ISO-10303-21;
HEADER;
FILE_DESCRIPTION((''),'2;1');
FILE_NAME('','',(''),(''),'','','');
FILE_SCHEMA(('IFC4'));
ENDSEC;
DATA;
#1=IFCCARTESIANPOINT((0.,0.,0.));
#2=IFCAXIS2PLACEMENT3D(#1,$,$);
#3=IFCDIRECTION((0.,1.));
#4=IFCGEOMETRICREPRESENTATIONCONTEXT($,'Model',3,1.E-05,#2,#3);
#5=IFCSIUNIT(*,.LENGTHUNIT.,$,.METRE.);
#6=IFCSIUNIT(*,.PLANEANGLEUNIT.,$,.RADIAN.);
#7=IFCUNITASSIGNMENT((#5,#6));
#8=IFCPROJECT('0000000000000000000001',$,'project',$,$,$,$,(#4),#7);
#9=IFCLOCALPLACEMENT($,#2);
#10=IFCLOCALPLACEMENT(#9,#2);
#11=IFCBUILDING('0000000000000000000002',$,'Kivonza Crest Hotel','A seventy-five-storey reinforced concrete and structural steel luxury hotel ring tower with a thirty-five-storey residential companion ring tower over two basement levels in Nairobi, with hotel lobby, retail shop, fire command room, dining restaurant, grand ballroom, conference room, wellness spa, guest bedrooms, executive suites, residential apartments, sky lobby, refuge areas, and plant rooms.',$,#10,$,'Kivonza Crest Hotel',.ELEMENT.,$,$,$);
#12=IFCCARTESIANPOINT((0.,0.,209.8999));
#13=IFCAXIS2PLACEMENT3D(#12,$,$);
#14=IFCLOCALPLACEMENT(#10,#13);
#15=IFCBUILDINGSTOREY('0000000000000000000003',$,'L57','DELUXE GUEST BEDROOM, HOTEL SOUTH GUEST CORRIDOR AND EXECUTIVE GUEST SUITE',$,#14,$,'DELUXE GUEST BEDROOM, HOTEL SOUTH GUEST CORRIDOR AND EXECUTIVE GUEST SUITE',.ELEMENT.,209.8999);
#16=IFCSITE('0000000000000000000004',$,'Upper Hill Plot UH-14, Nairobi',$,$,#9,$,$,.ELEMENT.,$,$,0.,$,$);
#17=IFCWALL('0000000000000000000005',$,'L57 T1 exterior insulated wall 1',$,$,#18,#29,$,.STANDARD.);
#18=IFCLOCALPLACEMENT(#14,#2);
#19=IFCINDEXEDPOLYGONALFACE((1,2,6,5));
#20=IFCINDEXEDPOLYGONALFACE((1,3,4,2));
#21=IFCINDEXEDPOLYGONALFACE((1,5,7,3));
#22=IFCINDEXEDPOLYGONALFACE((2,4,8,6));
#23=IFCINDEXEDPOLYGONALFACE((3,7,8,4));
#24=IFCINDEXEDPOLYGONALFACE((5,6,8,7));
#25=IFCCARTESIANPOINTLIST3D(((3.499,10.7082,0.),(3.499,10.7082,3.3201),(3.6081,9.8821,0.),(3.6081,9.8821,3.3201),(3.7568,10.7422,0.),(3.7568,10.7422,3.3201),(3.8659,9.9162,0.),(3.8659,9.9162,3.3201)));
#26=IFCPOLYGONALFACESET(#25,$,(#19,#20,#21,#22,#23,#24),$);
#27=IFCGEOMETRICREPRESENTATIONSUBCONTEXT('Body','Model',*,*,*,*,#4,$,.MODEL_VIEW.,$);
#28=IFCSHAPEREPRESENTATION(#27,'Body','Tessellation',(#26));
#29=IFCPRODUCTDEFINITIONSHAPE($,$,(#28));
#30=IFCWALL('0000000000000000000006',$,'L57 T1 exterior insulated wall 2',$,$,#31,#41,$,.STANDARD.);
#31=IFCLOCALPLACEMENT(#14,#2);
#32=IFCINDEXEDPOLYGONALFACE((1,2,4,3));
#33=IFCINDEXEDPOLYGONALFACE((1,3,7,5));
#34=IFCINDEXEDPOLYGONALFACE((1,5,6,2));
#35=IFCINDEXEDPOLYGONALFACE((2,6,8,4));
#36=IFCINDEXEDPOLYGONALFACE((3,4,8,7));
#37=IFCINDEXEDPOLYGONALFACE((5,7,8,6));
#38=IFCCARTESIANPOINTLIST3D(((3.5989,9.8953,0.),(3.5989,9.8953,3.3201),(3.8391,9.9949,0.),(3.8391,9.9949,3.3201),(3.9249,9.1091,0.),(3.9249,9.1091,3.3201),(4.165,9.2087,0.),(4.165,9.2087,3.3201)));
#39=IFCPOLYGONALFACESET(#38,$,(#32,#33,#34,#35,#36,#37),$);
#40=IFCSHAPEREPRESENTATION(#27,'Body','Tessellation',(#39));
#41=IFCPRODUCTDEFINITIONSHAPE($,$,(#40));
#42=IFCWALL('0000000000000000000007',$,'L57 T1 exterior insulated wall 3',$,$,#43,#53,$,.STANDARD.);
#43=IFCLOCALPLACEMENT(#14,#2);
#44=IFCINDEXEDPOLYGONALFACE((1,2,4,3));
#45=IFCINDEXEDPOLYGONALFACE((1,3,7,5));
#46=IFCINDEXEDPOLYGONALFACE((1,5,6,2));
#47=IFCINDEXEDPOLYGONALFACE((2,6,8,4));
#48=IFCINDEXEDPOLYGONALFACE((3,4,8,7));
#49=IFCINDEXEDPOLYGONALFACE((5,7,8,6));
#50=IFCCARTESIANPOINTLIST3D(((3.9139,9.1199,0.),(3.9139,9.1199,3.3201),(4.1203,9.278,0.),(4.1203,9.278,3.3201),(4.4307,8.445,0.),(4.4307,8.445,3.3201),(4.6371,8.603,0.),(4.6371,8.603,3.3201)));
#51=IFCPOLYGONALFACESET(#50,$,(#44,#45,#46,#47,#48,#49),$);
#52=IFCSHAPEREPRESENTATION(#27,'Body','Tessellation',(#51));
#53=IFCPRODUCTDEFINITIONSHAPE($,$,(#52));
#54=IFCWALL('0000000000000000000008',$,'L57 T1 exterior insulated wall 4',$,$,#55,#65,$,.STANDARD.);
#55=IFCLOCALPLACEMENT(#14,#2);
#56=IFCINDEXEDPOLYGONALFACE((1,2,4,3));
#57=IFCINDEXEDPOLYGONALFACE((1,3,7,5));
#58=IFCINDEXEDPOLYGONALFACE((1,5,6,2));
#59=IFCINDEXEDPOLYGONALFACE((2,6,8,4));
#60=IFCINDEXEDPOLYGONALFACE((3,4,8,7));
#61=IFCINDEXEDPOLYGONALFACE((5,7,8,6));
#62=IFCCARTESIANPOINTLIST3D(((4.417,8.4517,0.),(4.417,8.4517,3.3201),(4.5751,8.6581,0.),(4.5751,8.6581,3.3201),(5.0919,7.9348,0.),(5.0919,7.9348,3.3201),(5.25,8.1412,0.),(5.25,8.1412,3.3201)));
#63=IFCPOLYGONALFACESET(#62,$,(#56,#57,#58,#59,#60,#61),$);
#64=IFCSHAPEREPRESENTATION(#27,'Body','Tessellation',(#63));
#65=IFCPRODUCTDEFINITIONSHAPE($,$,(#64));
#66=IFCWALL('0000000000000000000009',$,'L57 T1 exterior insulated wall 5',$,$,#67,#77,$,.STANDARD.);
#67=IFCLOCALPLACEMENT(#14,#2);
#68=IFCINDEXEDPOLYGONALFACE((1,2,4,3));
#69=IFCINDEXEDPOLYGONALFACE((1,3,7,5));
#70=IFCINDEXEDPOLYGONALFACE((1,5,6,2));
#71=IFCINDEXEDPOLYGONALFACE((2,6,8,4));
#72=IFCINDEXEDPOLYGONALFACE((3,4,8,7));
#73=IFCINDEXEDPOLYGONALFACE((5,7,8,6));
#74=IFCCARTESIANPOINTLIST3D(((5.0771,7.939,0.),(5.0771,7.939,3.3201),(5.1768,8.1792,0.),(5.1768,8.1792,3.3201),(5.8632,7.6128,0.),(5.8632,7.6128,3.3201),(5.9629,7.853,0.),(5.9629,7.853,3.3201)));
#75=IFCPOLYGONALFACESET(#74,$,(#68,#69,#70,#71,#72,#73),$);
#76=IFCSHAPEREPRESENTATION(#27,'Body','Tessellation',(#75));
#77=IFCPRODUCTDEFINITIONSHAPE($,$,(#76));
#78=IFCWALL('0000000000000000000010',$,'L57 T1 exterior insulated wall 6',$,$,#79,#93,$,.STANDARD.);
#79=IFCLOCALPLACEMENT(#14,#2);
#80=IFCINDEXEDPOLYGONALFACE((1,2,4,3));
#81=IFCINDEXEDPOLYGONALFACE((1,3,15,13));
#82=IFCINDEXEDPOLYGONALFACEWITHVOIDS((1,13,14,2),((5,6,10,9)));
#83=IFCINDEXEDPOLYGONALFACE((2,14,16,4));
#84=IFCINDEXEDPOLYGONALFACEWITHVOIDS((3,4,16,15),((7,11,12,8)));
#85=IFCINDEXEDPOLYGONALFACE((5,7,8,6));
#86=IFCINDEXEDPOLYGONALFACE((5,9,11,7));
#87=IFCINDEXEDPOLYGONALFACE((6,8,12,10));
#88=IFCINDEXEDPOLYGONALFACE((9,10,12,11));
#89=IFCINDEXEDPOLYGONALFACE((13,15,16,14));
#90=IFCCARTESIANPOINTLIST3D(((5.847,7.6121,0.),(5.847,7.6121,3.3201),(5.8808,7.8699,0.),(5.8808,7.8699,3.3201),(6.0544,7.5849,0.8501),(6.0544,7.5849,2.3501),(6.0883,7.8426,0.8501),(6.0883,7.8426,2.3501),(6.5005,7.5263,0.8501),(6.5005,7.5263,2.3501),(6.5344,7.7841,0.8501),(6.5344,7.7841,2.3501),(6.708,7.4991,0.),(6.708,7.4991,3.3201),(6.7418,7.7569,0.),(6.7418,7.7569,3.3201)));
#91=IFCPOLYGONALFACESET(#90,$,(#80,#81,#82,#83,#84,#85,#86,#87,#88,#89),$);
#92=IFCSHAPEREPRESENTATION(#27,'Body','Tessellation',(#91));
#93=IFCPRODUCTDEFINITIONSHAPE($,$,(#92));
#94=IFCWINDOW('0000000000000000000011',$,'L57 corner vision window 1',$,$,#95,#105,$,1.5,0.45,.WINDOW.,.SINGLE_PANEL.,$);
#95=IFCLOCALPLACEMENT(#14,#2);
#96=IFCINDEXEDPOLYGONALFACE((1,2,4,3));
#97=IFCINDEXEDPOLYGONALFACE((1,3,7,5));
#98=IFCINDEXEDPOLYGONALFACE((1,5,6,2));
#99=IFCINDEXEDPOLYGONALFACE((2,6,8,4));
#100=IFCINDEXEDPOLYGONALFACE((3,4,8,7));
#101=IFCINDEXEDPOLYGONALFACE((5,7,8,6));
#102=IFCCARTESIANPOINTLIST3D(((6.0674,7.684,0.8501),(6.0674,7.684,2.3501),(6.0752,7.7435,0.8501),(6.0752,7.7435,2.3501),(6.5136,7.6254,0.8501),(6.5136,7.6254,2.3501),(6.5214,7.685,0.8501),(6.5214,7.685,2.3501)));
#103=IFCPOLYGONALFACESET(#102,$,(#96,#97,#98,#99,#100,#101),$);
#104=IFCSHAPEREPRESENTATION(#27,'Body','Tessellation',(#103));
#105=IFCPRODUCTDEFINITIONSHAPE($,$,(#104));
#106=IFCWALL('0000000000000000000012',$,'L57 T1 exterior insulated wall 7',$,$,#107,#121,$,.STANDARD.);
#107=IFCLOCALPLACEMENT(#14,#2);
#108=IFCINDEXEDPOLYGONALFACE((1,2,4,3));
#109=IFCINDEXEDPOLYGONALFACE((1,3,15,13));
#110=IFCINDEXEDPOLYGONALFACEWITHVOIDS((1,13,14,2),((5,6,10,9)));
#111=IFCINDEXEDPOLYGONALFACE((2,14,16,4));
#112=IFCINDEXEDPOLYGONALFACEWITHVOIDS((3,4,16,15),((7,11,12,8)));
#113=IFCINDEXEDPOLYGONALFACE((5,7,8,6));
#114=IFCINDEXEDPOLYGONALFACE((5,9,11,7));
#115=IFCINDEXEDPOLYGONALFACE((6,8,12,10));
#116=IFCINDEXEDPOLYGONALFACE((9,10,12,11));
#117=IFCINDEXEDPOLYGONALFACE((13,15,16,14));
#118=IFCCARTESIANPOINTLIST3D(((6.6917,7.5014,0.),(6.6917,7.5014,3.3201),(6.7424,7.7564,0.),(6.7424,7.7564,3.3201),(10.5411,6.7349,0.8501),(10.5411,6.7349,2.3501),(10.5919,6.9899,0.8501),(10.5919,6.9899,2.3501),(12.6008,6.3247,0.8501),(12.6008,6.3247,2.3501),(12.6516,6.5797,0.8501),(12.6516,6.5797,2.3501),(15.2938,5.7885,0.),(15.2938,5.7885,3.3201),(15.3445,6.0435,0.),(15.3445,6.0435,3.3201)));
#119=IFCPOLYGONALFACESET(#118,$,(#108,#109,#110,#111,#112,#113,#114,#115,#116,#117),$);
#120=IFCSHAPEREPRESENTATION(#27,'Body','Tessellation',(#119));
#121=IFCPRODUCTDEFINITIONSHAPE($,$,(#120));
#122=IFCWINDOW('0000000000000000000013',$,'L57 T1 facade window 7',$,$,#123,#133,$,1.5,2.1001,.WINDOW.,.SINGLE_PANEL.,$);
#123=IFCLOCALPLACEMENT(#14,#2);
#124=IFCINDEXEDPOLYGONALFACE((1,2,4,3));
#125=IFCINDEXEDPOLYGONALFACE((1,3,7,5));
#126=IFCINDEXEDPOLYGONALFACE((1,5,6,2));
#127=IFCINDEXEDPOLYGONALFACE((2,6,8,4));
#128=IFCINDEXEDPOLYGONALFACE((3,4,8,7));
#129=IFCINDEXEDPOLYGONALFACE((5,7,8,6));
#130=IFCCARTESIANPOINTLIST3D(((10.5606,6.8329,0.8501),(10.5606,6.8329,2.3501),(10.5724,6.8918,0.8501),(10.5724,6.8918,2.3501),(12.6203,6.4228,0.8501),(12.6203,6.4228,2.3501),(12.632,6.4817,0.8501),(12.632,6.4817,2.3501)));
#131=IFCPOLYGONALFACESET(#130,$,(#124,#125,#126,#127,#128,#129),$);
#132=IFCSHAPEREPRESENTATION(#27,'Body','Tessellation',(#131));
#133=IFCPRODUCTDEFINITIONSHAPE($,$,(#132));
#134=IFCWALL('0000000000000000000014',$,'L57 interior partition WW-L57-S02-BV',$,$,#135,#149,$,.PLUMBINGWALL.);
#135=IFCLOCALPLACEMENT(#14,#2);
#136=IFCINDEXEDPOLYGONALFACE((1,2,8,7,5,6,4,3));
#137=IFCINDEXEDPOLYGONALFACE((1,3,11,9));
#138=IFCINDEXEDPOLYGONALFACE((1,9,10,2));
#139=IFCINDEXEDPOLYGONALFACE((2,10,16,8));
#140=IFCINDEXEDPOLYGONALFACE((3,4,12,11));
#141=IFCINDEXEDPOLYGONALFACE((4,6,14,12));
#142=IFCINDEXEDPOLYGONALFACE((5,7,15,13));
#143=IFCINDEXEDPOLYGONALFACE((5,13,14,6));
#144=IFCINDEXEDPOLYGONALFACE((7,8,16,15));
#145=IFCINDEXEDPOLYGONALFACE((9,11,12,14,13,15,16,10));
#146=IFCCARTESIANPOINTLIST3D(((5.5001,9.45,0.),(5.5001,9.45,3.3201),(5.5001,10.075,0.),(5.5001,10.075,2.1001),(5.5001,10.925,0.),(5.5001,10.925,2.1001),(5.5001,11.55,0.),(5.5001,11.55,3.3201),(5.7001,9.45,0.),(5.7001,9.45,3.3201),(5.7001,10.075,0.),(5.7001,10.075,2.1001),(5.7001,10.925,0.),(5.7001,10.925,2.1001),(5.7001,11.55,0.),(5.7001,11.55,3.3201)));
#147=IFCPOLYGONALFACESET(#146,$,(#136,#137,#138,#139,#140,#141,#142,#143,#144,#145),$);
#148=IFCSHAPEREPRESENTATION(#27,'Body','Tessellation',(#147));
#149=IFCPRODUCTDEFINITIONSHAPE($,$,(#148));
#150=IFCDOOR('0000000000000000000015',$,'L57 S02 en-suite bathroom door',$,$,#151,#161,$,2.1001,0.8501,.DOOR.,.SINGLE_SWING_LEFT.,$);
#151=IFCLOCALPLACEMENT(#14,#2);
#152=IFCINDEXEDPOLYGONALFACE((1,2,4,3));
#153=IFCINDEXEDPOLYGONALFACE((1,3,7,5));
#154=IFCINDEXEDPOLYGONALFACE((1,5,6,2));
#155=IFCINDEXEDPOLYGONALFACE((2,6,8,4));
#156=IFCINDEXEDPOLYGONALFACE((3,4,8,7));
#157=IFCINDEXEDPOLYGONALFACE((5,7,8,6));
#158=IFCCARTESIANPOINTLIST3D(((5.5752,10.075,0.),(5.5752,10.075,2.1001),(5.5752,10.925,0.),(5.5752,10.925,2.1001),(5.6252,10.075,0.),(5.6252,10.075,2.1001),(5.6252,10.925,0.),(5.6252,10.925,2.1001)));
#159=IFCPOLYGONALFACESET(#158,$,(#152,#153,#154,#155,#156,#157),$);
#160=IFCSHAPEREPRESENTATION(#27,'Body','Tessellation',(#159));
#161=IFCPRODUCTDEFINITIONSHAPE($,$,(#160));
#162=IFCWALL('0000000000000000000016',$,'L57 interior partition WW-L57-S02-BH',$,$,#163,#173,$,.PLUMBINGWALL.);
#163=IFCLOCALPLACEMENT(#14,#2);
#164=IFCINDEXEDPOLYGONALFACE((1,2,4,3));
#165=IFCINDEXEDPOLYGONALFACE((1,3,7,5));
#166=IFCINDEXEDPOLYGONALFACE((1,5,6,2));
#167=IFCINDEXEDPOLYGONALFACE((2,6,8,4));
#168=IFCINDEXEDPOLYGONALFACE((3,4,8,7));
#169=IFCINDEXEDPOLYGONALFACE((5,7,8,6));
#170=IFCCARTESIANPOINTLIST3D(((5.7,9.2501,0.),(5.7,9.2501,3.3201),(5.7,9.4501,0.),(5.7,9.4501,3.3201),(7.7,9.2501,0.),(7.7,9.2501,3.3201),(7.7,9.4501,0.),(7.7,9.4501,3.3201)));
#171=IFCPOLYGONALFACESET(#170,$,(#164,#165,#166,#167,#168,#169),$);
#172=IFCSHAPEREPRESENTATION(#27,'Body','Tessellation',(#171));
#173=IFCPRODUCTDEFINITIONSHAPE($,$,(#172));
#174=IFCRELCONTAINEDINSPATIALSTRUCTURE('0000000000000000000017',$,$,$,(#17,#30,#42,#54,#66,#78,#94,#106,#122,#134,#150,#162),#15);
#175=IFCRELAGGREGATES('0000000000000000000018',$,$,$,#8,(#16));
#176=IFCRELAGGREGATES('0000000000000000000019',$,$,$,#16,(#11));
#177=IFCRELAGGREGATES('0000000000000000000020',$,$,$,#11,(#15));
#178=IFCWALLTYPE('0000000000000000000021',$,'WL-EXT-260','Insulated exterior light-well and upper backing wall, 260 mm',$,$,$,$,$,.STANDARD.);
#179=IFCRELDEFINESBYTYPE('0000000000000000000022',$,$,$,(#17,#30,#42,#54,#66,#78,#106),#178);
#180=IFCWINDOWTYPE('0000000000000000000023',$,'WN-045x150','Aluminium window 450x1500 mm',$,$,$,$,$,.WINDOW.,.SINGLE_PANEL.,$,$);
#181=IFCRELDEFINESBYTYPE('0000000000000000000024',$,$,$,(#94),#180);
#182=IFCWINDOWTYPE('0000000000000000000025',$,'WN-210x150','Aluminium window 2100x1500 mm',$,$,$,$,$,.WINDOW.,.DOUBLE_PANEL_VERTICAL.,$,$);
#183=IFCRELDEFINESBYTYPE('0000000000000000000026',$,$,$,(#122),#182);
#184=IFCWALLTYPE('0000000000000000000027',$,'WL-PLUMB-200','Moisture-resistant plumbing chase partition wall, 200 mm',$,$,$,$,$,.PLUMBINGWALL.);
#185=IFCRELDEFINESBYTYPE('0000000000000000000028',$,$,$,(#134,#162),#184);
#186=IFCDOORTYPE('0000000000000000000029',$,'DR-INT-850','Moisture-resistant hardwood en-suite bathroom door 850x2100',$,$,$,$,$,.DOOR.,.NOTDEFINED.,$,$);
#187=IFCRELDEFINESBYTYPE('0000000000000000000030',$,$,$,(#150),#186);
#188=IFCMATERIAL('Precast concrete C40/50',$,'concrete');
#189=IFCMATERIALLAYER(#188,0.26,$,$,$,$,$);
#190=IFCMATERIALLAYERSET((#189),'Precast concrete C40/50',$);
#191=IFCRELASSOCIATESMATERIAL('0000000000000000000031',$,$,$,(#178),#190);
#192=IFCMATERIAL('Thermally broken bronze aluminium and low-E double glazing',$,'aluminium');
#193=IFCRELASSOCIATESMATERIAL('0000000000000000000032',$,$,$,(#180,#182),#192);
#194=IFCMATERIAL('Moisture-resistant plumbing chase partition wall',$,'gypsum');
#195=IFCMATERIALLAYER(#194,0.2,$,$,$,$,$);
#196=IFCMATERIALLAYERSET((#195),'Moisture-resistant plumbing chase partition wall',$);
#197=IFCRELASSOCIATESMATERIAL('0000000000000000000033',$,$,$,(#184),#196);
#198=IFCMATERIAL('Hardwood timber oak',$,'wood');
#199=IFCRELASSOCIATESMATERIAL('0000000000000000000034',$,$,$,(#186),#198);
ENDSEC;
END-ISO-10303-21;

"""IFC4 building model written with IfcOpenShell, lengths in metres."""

from ifc_helpers import new_model, si_unit, direction, frame, frame_2d, origin, place, context, subcontext, project, spatial, rectangle, extrude, material, layer, layer_set, type_object, element, fill, save


model = new_model("IFC4")

# Units and contexts
model_context = context("Model", 3, precision=1e-05, world=origin(), true_north=direction((0.0, 1.0)))
body_context = subcontext(model_context, "Body", "Model", "MODEL_VIEW")
ifc_project = project(units=[si_unit("LENGTHUNIT", "METRE"), si_unit("PLANEANGLEUNIT", "RADIAN")], contexts=[model_context])

# Site, building, storey
site_placement = place(None, origin())
site = spatial("IfcSite", under=ifc_project, at=site_placement, Name="Upper Hill Plot UH-14, Nairobi", CompositionType="ELEMENT", RefElevation=0.0)
building_placement = place(site_placement, origin())
building = spatial("IfcBuilding", under=site, at=building_placement, Name="Kivonza Crest Hotel", Description="A seventy-five-storey reinforced concrete and structural steel luxury hotel ring tower with a thirty-five-storey residential companion ring tower over two basement levels in Nairobi, with hotel lobby, retail shop, fire command room, dining restaurant, grand ballroom, conference room, wellness spa, guest bedrooms, executive suites, residential apartments, sky lobby, refuge areas, and plant rooms.", LongName="Kivonza Crest Hotel", CompositionType="ELEMENT")
storey_placement = place(building_placement, frame((0.0, 0.0, 209.8999)))
storey = spatial("IfcBuildingStorey", under=building, at=storey_placement, Name="L57", Description="DELUXE GUEST BEDROOM, HOTEL SOUTH GUEST CORRIDOR AND EXECUTIVE GUEST SUITE", LongName="DELUXE GUEST BEDROOM, HOTEL SOUTH GUEST CORRIDOR AND EXECUTIVE GUEST SUITE", CompositionType="ELEMENT", Elevation=209.8999)

# Shared definitions
ifc_material_1 = material(Name="Hardwood timber oak", Category="wood")

# Walls
ifc_material_2 = material(Name="Precast concrete C40/50", Category="concrete")
ifc_layer_1 = layer(ifc_material_2, 0.26)
ifc_layer_set_1 = layer_set([ifc_layer_1], Name="Precast concrete C40/50")
wall_type_1 = type_object("IfcWallType", Name="WL-EXT-260", Description="Insulated exterior light-well and upper backing wall, 260 mm", PredefinedType="STANDARD", material=ifc_layer_set_1)
wall_1_placement = place(storey_placement, frame((3.6279, 10.7251, 0.0), z_axis=(0.0, 0.0, 1.0), x_axis=(0.130955, -0.991388, 0.0)))
element("IfcWall", 1, at=wall_1_placement, inside=storey, type_object=wall_type_1, Name="L57 T1 exterior insulated wall 1", PredefinedType="STANDARD", context=body_context, shape_type="SweptSolid", body=[
    extrude(rectangle(XDim=0.8333, YDim=0.26, at=frame_2d((0.4165, 0.0))), origin(), (0.0, 0.0, 1.0), 3.3201),
])
wall_2_placement = place(storey_placement, frame((3.719, 9.9451, 0.0), z_axis=(0.0, 0.0, 1.0), x_axis=(0.382985, -0.923754, 0.0)))
element("IfcWall", 2, at=wall_2_placement, inside=storey, type_object=wall_type_1, Name="L57 T1 exterior insulated wall 2", PredefinedType="STANDARD", context=body_context, shape_type="SweptSolid", body=[
    extrude(rectangle(XDim=0.8511, YDim=0.26, at=frame_2d((0.4255, 0.0))), origin(), (0.0, 0.0, 1.0), 3.3201),
])
for number, where, z_axis, x_axis, name in (
    (3, (4.0171, 9.199, 0.0), (0.0, 0.0, 1.0), (0.607919, -0.793999, 0.0), "L57 T1 exterior insulated wall 3"),
    (4, (4.4961, 8.5549, 0.0), (0.0, 0.0, 1.0), (0.793893, -0.608058, 0.0), "L57 T1 exterior insulated wall 4"),
):
    element("IfcWall", number, at=place(storey_placement, frame(where, z_axis=z_axis, x_axis=x_axis)), inside=storey, type_object=wall_type_1, Name=name, PredefinedType="STANDARD", context=body_context, shape_type="SweptSolid", body=[
        extrude(rectangle(XDim=0.8501, YDim=0.26, at=frame_2d((0.425, 0.0))), origin(), (0.0, 0.0, 1.0), 3.3201),
    ])
wall_3_placement = place(storey_placement, frame((5.127, 8.0591, 0.0), z_axis=(0.0, 0.0, 1.0), x_axis=(0.923653, -0.38323, 0.0)))
element("IfcWall", 5, at=wall_3_placement, inside=storey, type_object=wall_type_1, Name="L57 T1 exterior insulated wall 5", PredefinedType="STANDARD", context=body_context, shape_type="SweptSolid", body=[
    extrude(rectangle(XDim=0.8511, YDim=0.26, at=frame_2d((0.4255, 0.0))), origin(), (0.0, 0.0, 1.0), 3.3201),
])

# Walls, openings, windows
wall_4_placement = place(storey_placement, frame((5.864, 7.741, 0.0), z_axis=(0.0, 0.0, 1.0), x_axis=(0.991493, -0.130156, 0.0)))
wall_4 = element("IfcWall", 6, at=wall_4_placement, inside=storey, type_object=wall_type_1, Name="L57 T1 exterior insulated wall 6", PredefinedType="STANDARD", context=body_context, shape_type="SweptSolid", body=[
    extrude(rectangle(XDim=0.8684, YDim=0.26, at=frame_2d((0.4341, 0.0))), origin(), (0.0, 0.0, 1.0), 3.3201),
])
opening_1_placement = place(wall_4_placement, frame((0.209, 0.0, 0.8501)))
opening_1 = element("IfcOpeningElement", 7, at=opening_1_placement, cuts=wall_4, PredefinedType="OPENING", context=body_context, shape_type="SweptSolid", body=[
    extrude(rectangle(XDim=0.45, YDim=1.5, at=frame_2d((0.2251, 0.75))), frame((0.0, 0.1401, 0.0), z_axis=(0.0, -1.0, 0.0), x_axis=(1.0, 0.0, 0.0)), (0.0, 0.0, 1.0), 0.28),
])
ifc_material_3 = material(Name="Thermally broken bronze aluminium and low-E double glazing", Category="aluminium")
window_type_1 = type_object("IfcWindowType", Name="WN-045x150", Description="Aluminium window 450x1500 mm", PartitioningType="SINGLE_PANEL", PredefinedType="WINDOW", material=ifc_material_3)
window_1_placement = place(opening_1_placement, origin())
window_1 = element("IfcWindow", 8, at=window_1_placement, inside=storey, type_object=window_type_1, Name="L57 corner vision window 1", OverallHeight=1.5, OverallWidth=0.45, PartitioningType="SINGLE_PANEL", PredefinedType="WINDOW", context=body_context, shape_type="SweptSolid", body=[
    extrude(rectangle(XDim=0.45, YDim=1.5, at=frame_2d((0.2251, 0.75))), frame((0.0, 0.03, 0.0), z_axis=(0.0, -1.0, 0.0), x_axis=(1.0, 0.0, 0.0)), (0.0, 0.0, 1.0), 0.0601),
])
fill(opening_1, window_1)
wall_5_placement = place(storey_placement, frame((6.717, 7.6289, 0.0), z_axis=(0.0, 0.0, 1.0), x_axis=(0.980745, -0.195292, 0.0)))
wall_5 = element("IfcWall", 9, at=wall_5_placement, inside=storey, type_object=wall_type_1, Name="L57 T1 exterior insulated wall 7", PredefinedType="STANDARD", context=body_context, shape_type="SweptSolid", body=[
    extrude(rectangle(XDim=8.771, YDim=0.26, at=frame_2d((4.3855, 0.0))), origin(), (0.0, 0.0, 1.0), 3.3201),
])
opening_2_placement = place(wall_5_placement, frame((3.925, 0.0, 0.8501)))
opening_2 = element("IfcOpeningElement", 10, at=opening_2_placement, cuts=wall_5, PredefinedType="OPENING", context=body_context, shape_type="SweptSolid", body=[
    extrude(rectangle(XDim=2.1001, YDim=1.5, at=frame_2d((1.05, 0.75))), frame((0.0, 0.1401, 0.0), z_axis=(0.0, -1.0, 0.0), x_axis=(1.0, 0.0, 0.0)), (0.0, 0.0, 1.0), 0.28),
])
window_type_2 = type_object("IfcWindowType", Name="WN-210x150", Description="Aluminium window 2100x1500 mm", PartitioningType="DOUBLE_PANEL_VERTICAL", PredefinedType="WINDOW", material=ifc_material_3)
window_2_placement = place(opening_2_placement, origin())
window_2 = element("IfcWindow", 11, at=window_2_placement, inside=storey, type_object=window_type_2, Name="L57 T1 facade window 7", OverallHeight=1.5, OverallWidth=2.1001, PartitioningType="SINGLE_PANEL", PredefinedType="WINDOW", context=body_context, shape_type="SweptSolid", body=[
    extrude(rectangle(XDim=2.1001, YDim=1.5, at=frame_2d((1.05, 0.75))), frame((0.0, 0.03, 0.0), z_axis=(0.0, -1.0, 0.0), x_axis=(1.0, 0.0, 0.0)), (0.0, 0.0, 1.0), 0.0601),
])
fill(opening_2, window_2)

# Wall, opening, door
ifc_material_4 = material(Name="Moisture-resistant plumbing chase partition wall", Category="gypsum")
ifc_layer_2 = layer(ifc_material_4, 0.2)
ifc_layer_set_2 = layer_set([ifc_layer_2], Name="Moisture-resistant plumbing chase partition wall")
wall_type_2 = type_object("IfcWallType", Name="WL-PLUMB-200", Description="Moisture-resistant plumbing chase partition wall, 200 mm", PredefinedType="PLUMBINGWALL", material=ifc_layer_set_2)
wall_6_placement = place(storey_placement, frame((5.6001, 9.45, 0.0), z_axis=(0.0, 0.0, 1.0), x_axis=(0.0, 1.0, 0.0)))
wall_6 = element("IfcWall", 12, at=wall_6_placement, inside=storey, type_object=wall_type_2, Name="L57 interior partition WW-L57-S02-BV", PredefinedType="PLUMBINGWALL", context=body_context, shape_type="SweptSolid", body=[
    extrude(rectangle(XDim=2.1001, YDim=0.2, at=frame_2d((1.05, 0.0))), origin(), (0.0, 0.0, 1.0), 3.3201),
])
opening_3_placement = place(wall_6_placement, frame((0.625, 0.0, 0.0)))
opening_3 = element("IfcOpeningElement", 13, at=opening_3_placement, cuts=wall_6, PredefinedType="OPENING", context=body_context, shape_type="SweptSolid", body=[
    extrude(rectangle(XDim=0.8501, YDim=2.1001, at=frame_2d((0.425, 1.05))), frame((0.0, 0.1099, 0.0), z_axis=(0.0, -1.0, 0.0), x_axis=(1.0, 0.0, 0.0)), (0.0, 0.0, 1.0), 0.22),
])
door_type_1 = type_object("IfcDoorType", Name="DR-INT-850", Description="Moisture-resistant hardwood en-suite bathroom door 850x2100", OperationType="NOTDEFINED", PredefinedType="DOOR", material=ifc_material_1)
door_1_placement = place(opening_3_placement, origin())
door_1 = element("IfcDoor", 14, at=door_1_placement, inside=storey, type_object=door_type_1, Name="L57 S02 en-suite bathroom door", OperationType="SINGLE_SWING_LEFT", OverallHeight=2.1001, OverallWidth=0.8501, PredefinedType="DOOR", context=body_context, shape_type="SweptSolid", body=[
    extrude(rectangle(XDim=0.8501, YDim=2.1001, at=frame_2d((0.425, 1.05))), frame((0.0, 0.0249, 0.0), z_axis=(0.0, -1.0, 0.0), x_axis=(1.0, 0.0, 0.0)), (0.0, 0.0, 1.0), 0.05),
])
fill(opening_3, door_1)

# Wall
wall_7_placement = place(storey_placement, frame((5.7, 9.3501, 0.0), z_axis=(0.0, 0.0, 1.0), x_axis=(1.0, 0.0, 0.0)))
element("IfcWall", 15, at=wall_7_placement, inside=storey, type_object=wall_type_2, Name="L57 interior partition WW-L57-S02-BH", PredefinedType="PLUMBINGWALL", context=body_context, shape_type="SweptSolid", body=[
    extrude(rectangle(XDim=2.0, YDim=0.2, at=frame_2d((1.0, 0.0))), origin(), (0.0, 0.0, 1.0), 3.3201),
])

save(model, "model.ifc")
